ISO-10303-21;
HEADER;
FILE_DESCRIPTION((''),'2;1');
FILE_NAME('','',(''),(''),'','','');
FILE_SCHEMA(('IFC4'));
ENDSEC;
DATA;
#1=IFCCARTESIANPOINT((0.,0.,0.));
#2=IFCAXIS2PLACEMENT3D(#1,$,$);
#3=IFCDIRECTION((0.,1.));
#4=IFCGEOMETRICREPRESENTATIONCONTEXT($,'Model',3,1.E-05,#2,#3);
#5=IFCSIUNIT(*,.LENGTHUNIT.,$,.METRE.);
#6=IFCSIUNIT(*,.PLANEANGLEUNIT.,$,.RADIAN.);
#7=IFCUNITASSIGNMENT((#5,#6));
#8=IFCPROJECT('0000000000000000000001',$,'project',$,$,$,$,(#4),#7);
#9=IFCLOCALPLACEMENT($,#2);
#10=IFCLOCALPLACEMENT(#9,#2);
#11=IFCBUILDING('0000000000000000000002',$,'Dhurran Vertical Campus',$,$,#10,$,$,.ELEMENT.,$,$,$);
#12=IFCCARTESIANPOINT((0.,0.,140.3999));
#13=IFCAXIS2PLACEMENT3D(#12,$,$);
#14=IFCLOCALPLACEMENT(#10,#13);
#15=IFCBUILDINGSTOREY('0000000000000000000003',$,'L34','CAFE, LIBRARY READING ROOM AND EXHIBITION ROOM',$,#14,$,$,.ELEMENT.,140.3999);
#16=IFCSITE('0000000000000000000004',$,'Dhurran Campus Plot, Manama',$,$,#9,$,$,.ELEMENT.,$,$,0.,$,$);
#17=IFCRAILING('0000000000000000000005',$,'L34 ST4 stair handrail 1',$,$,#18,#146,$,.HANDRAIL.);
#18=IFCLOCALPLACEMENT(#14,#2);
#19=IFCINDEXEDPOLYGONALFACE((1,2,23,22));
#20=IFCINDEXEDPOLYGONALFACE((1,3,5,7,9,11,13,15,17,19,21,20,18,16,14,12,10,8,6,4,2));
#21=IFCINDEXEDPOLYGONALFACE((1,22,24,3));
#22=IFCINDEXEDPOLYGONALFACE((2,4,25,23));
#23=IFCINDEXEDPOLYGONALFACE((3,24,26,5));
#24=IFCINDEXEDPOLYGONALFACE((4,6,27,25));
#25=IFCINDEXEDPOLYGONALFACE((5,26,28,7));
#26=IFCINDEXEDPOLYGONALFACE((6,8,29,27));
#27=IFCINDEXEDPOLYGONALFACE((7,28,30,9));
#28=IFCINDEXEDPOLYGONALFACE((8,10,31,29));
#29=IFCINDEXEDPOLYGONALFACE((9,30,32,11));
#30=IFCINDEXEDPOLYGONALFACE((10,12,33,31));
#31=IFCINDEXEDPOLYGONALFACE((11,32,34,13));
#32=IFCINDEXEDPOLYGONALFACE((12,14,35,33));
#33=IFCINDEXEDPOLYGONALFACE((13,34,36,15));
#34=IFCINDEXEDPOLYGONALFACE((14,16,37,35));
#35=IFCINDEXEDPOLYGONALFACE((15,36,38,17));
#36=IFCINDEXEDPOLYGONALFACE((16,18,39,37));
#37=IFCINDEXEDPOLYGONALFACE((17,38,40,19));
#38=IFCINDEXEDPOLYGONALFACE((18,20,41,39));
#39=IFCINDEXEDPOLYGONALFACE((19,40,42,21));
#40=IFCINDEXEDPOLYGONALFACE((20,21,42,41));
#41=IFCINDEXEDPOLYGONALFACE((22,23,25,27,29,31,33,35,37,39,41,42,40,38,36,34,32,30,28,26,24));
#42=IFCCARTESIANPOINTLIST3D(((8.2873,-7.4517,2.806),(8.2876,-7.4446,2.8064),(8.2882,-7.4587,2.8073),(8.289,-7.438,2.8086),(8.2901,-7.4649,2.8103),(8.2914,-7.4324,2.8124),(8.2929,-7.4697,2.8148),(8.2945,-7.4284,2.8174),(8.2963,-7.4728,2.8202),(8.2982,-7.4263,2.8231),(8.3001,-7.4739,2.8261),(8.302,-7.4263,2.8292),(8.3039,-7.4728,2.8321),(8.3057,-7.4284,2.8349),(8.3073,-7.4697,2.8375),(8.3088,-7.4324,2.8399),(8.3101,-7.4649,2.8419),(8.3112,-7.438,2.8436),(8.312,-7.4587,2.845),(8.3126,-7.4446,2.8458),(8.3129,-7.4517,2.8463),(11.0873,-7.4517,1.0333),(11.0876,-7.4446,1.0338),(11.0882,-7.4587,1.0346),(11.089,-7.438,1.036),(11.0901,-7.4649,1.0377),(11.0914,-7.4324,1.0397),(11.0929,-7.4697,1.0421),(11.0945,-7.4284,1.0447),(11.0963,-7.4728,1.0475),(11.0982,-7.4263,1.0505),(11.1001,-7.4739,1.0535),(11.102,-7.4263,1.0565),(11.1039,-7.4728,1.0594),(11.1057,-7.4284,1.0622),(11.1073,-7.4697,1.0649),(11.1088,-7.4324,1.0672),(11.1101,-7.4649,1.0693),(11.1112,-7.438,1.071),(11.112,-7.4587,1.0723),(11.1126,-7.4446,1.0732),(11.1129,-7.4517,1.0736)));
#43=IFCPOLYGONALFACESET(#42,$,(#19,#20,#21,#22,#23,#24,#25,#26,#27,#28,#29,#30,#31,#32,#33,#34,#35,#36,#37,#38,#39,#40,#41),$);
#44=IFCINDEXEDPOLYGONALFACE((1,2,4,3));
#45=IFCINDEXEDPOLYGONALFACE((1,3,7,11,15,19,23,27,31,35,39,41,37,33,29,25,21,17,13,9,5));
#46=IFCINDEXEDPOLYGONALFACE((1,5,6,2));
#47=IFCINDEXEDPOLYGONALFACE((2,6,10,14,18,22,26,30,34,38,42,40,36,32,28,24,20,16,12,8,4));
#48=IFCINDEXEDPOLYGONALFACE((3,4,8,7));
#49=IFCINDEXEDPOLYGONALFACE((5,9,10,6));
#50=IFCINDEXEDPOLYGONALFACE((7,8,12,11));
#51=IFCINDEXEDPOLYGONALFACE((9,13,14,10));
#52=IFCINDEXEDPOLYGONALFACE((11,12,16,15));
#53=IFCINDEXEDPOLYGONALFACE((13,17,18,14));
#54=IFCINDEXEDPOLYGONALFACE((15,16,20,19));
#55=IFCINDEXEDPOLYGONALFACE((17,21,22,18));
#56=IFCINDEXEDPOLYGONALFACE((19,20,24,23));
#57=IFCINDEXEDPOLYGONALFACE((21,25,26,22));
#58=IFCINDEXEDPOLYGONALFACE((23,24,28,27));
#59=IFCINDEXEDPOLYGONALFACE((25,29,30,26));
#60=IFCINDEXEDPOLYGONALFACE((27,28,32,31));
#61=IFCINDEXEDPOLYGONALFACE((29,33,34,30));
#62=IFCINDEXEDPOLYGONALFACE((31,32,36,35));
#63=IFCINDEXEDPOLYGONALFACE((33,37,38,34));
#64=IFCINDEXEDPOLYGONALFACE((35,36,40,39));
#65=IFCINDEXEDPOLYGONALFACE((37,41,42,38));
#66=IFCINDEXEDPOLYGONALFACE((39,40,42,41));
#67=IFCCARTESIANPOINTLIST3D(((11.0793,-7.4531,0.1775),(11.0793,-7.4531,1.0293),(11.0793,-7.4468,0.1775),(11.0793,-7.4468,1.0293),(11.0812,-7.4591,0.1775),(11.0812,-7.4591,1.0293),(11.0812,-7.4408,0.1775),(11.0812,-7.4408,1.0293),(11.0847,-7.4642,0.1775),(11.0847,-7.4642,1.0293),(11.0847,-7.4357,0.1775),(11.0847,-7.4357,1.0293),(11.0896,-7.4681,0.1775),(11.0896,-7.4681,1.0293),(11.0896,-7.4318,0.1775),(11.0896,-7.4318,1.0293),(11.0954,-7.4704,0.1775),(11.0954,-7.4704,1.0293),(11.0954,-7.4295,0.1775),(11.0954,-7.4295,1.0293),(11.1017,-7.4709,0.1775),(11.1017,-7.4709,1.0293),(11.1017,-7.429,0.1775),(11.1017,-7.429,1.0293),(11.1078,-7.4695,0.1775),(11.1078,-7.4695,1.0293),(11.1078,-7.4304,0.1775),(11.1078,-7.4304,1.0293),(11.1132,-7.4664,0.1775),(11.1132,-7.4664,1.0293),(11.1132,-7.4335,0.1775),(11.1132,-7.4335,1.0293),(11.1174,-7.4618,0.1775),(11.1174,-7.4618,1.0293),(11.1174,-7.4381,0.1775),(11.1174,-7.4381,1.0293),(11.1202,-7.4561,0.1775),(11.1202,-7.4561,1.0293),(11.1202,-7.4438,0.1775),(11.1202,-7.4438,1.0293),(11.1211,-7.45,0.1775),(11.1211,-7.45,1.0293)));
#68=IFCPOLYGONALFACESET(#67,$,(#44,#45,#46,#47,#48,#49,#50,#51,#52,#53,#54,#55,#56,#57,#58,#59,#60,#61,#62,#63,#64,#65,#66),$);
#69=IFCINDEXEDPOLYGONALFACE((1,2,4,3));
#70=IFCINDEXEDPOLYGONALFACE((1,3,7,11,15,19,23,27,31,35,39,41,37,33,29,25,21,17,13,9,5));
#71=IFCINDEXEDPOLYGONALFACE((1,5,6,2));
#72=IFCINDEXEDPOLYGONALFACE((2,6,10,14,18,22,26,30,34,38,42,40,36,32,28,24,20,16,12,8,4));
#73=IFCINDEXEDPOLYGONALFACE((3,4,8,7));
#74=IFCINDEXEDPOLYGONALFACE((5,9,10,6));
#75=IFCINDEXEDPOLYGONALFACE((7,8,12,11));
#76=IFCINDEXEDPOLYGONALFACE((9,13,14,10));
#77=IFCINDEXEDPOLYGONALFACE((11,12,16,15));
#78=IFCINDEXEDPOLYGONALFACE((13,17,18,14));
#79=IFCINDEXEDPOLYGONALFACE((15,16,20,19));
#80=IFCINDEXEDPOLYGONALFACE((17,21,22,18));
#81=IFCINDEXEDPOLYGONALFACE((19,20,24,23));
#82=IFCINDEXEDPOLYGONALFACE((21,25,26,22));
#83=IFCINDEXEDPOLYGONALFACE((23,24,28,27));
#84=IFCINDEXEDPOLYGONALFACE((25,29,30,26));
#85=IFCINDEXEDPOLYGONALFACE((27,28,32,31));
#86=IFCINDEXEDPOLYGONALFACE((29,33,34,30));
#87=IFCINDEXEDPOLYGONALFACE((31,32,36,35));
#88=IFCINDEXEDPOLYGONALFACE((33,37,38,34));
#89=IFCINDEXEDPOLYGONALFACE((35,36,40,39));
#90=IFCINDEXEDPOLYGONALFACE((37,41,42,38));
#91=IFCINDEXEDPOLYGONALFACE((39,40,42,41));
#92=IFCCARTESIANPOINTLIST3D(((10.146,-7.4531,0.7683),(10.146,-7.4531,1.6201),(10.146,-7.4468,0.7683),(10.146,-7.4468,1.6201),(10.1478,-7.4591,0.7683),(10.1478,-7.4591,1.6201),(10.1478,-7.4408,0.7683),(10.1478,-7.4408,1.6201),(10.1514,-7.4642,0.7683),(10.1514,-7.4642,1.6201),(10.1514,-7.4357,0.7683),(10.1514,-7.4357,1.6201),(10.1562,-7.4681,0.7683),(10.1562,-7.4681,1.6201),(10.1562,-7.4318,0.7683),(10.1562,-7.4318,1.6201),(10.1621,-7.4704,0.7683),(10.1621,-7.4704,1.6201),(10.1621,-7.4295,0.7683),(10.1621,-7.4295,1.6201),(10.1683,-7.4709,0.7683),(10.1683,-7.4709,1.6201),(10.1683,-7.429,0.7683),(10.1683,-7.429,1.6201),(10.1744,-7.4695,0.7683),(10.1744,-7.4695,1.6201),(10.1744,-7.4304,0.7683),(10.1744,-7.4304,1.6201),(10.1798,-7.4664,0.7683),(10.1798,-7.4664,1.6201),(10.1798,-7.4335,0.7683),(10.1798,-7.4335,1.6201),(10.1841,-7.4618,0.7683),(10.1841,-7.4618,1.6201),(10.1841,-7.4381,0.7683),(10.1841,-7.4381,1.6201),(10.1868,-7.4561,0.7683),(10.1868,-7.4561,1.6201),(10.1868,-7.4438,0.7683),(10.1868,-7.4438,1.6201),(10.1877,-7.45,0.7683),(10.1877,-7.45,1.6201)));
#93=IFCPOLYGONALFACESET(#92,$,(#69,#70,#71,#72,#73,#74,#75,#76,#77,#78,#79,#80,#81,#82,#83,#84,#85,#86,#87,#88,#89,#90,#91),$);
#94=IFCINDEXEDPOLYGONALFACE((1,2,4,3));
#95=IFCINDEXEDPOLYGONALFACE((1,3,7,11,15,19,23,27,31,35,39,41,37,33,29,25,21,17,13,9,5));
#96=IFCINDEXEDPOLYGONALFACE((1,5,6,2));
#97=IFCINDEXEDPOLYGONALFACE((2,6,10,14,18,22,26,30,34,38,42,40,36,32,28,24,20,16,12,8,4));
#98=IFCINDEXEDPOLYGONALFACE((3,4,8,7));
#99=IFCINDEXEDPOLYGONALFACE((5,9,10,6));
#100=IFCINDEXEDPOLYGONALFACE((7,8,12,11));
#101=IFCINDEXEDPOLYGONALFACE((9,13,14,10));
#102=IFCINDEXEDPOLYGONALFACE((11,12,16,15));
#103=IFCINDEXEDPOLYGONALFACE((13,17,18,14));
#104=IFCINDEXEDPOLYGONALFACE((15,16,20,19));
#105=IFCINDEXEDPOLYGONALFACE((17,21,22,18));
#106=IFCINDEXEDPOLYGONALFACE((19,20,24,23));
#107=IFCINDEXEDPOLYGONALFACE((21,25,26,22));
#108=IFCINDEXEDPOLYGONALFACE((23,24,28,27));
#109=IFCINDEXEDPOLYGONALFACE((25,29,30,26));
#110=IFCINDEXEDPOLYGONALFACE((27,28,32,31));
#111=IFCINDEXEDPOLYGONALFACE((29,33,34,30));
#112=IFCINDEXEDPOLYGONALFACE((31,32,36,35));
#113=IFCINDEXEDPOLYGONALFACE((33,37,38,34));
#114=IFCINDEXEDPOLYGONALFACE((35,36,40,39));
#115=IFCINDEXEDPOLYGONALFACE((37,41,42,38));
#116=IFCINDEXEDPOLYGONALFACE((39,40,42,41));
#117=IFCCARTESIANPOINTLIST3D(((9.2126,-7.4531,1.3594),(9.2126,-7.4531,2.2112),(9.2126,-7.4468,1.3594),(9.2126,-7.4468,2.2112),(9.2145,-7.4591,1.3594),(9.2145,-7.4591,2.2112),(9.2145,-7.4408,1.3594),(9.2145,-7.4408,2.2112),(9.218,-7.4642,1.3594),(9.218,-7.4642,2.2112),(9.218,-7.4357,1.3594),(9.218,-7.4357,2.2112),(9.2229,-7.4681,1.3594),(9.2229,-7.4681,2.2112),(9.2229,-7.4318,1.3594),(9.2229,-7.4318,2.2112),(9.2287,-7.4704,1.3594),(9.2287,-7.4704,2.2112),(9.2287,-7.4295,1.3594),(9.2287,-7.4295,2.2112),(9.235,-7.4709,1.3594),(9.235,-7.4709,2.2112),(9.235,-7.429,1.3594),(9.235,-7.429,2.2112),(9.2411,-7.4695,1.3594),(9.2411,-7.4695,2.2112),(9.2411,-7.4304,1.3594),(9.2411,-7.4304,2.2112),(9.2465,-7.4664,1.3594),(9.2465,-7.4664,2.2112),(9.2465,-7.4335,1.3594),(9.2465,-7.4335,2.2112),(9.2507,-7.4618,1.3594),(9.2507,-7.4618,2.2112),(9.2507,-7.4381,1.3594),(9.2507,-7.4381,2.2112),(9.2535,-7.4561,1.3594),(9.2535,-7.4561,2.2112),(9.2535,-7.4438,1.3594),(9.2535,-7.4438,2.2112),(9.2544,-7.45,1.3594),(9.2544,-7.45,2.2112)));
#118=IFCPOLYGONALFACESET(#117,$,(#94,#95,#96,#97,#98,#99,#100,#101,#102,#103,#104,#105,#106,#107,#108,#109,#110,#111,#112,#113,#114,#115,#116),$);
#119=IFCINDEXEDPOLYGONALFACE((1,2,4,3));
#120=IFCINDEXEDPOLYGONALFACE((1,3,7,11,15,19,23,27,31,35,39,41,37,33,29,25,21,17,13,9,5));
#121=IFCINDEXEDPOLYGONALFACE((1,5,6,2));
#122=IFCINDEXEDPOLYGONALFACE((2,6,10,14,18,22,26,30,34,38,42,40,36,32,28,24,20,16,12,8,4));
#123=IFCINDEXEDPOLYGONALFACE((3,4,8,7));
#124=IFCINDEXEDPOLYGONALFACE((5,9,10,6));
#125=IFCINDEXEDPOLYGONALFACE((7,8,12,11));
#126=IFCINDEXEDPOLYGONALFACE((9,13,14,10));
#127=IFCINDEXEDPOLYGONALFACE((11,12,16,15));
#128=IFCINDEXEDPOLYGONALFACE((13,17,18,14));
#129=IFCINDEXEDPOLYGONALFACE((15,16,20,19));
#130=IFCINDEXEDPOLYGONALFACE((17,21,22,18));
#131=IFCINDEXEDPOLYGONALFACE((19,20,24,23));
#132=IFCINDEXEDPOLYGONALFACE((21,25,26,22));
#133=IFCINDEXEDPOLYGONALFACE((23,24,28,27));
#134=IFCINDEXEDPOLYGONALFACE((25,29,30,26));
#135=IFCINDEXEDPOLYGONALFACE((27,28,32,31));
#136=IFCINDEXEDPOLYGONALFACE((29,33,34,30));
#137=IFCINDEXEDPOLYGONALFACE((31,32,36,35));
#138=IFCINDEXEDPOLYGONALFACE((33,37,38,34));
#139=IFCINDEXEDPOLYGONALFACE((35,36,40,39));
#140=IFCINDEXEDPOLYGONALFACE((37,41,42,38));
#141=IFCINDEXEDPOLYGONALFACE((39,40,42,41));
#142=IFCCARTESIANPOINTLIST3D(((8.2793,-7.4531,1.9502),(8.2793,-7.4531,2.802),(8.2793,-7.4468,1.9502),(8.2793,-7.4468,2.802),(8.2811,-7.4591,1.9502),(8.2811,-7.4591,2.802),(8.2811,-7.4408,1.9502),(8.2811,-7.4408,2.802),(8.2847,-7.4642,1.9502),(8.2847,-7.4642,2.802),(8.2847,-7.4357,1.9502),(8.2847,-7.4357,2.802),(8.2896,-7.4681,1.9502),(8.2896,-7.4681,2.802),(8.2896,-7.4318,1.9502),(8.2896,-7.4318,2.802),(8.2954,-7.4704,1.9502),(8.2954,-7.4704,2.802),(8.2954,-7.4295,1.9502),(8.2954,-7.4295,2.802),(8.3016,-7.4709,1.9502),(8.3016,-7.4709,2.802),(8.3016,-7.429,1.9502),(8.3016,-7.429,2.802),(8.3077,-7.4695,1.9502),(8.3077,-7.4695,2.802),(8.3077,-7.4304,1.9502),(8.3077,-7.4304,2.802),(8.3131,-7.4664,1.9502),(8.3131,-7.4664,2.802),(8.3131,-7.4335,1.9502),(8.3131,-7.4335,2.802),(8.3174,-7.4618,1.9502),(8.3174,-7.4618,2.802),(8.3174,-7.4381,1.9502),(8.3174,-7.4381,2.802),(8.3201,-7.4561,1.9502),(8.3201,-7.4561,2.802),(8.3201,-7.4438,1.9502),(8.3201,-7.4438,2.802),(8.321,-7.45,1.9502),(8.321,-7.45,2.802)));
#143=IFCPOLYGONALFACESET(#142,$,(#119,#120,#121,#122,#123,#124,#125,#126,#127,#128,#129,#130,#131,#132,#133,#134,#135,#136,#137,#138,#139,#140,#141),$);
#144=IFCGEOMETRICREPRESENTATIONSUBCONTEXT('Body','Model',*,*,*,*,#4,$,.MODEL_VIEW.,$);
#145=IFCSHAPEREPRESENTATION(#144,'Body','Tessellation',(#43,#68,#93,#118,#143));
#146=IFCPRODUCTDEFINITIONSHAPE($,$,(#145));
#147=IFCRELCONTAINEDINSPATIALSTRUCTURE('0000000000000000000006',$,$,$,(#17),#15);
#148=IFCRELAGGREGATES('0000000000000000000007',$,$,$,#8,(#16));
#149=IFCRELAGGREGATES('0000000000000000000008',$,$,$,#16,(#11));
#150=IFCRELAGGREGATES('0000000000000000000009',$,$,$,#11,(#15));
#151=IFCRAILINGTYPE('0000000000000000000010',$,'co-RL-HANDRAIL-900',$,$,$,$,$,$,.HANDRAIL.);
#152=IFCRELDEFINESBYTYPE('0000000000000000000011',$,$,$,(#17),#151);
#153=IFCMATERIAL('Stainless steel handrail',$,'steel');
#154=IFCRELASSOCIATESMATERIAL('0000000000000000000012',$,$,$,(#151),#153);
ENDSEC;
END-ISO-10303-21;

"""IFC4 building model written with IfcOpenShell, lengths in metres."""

from ifc_helpers import new_model, si_unit, direction, frame, origin, origin_2d, place, context, subcontext, project, spatial, circle, extrude, material, type_object, element, save


model = new_model("IFC4")

# Units and contexts
model_context = context("Model", 3, precision=1e-05, world=origin(), true_north=direction((0.0, 1.0)))
body_context = subcontext(model_context, "Body", "Model", "MODEL_VIEW")
ifc_project = project(units=[si_unit("LENGTHUNIT", "METRE"), si_unit("PLANEANGLEUNIT", "RADIAN")], contexts=[model_context])

# Site, building, storey
site_placement = place(None, origin())
site = spatial("IfcSite", under=ifc_project, at=site_placement, Name="Dhurran Campus Plot, Manama", CompositionType="ELEMENT", RefElevation=0.0)
building_placement = place(site_placement, origin())
building = spatial("IfcBuilding", under=site, at=building_placement, Name="Dhurran Vertical Campus", CompositionType="ELEMENT")
storey_placement = place(building_placement, frame((0.0, 0.0, 140.3999)))
storey = spatial("IfcBuildingStorey", under=building, at=storey_placement, Name="L34", Description="CAFE, LIBRARY READING ROOM AND EXHIBITION ROOM", CompositionType="ELEMENT", Elevation=140.3999)

# Railing
ifc_material_1 = material(Name="Stainless steel handrail", Category="steel")
railing_type_1 = type_object("IfcRailingType", Name="co-RL-HANDRAIL-900", PredefinedType="HANDRAIL", material=ifc_material_1)
railing_1_placement = place(storey_placement, frame((11.1001, -7.45, 0.1775)))
element("IfcRailing", 1, at=railing_1_placement, inside=storey, type_object=railing_type_1, Name="L34 ST4 stair handrail 1", PredefinedType="HANDRAIL", context=body_context, shape_type="SweptSolid", body=[
    extrude(circle(Radius=0.0239, at=origin_2d()), frame((0.0, 0.0, 0.876), z_axis=(-0.844909, 0.0, 0.53491), x_axis=(0.0, -1.0, 0.0)), (0.0, 0.0, 1.0), 3.314),
    extrude(circle(Radius=0.021, at=origin_2d()), origin(), (0.0, 0.0, 1.0), 0.8518),
    extrude(circle(Radius=0.021, at=origin_2d()), frame((-0.9333, 0.0, 0.5908)), (0.0, 0.0, 1.0), 0.8518),
    extrude(circle(Radius=0.021, at=origin_2d()), frame((-1.8667, 0.0, 1.1819)), (0.0, 0.0, 1.0), 0.8518),
    extrude(circle(Radius=0.021, at=origin_2d()), frame((-2.8, 0.0, 1.7727)), (0.0, 0.0, 1.0), 0.8518),
])

save(model, "model.ifc")
